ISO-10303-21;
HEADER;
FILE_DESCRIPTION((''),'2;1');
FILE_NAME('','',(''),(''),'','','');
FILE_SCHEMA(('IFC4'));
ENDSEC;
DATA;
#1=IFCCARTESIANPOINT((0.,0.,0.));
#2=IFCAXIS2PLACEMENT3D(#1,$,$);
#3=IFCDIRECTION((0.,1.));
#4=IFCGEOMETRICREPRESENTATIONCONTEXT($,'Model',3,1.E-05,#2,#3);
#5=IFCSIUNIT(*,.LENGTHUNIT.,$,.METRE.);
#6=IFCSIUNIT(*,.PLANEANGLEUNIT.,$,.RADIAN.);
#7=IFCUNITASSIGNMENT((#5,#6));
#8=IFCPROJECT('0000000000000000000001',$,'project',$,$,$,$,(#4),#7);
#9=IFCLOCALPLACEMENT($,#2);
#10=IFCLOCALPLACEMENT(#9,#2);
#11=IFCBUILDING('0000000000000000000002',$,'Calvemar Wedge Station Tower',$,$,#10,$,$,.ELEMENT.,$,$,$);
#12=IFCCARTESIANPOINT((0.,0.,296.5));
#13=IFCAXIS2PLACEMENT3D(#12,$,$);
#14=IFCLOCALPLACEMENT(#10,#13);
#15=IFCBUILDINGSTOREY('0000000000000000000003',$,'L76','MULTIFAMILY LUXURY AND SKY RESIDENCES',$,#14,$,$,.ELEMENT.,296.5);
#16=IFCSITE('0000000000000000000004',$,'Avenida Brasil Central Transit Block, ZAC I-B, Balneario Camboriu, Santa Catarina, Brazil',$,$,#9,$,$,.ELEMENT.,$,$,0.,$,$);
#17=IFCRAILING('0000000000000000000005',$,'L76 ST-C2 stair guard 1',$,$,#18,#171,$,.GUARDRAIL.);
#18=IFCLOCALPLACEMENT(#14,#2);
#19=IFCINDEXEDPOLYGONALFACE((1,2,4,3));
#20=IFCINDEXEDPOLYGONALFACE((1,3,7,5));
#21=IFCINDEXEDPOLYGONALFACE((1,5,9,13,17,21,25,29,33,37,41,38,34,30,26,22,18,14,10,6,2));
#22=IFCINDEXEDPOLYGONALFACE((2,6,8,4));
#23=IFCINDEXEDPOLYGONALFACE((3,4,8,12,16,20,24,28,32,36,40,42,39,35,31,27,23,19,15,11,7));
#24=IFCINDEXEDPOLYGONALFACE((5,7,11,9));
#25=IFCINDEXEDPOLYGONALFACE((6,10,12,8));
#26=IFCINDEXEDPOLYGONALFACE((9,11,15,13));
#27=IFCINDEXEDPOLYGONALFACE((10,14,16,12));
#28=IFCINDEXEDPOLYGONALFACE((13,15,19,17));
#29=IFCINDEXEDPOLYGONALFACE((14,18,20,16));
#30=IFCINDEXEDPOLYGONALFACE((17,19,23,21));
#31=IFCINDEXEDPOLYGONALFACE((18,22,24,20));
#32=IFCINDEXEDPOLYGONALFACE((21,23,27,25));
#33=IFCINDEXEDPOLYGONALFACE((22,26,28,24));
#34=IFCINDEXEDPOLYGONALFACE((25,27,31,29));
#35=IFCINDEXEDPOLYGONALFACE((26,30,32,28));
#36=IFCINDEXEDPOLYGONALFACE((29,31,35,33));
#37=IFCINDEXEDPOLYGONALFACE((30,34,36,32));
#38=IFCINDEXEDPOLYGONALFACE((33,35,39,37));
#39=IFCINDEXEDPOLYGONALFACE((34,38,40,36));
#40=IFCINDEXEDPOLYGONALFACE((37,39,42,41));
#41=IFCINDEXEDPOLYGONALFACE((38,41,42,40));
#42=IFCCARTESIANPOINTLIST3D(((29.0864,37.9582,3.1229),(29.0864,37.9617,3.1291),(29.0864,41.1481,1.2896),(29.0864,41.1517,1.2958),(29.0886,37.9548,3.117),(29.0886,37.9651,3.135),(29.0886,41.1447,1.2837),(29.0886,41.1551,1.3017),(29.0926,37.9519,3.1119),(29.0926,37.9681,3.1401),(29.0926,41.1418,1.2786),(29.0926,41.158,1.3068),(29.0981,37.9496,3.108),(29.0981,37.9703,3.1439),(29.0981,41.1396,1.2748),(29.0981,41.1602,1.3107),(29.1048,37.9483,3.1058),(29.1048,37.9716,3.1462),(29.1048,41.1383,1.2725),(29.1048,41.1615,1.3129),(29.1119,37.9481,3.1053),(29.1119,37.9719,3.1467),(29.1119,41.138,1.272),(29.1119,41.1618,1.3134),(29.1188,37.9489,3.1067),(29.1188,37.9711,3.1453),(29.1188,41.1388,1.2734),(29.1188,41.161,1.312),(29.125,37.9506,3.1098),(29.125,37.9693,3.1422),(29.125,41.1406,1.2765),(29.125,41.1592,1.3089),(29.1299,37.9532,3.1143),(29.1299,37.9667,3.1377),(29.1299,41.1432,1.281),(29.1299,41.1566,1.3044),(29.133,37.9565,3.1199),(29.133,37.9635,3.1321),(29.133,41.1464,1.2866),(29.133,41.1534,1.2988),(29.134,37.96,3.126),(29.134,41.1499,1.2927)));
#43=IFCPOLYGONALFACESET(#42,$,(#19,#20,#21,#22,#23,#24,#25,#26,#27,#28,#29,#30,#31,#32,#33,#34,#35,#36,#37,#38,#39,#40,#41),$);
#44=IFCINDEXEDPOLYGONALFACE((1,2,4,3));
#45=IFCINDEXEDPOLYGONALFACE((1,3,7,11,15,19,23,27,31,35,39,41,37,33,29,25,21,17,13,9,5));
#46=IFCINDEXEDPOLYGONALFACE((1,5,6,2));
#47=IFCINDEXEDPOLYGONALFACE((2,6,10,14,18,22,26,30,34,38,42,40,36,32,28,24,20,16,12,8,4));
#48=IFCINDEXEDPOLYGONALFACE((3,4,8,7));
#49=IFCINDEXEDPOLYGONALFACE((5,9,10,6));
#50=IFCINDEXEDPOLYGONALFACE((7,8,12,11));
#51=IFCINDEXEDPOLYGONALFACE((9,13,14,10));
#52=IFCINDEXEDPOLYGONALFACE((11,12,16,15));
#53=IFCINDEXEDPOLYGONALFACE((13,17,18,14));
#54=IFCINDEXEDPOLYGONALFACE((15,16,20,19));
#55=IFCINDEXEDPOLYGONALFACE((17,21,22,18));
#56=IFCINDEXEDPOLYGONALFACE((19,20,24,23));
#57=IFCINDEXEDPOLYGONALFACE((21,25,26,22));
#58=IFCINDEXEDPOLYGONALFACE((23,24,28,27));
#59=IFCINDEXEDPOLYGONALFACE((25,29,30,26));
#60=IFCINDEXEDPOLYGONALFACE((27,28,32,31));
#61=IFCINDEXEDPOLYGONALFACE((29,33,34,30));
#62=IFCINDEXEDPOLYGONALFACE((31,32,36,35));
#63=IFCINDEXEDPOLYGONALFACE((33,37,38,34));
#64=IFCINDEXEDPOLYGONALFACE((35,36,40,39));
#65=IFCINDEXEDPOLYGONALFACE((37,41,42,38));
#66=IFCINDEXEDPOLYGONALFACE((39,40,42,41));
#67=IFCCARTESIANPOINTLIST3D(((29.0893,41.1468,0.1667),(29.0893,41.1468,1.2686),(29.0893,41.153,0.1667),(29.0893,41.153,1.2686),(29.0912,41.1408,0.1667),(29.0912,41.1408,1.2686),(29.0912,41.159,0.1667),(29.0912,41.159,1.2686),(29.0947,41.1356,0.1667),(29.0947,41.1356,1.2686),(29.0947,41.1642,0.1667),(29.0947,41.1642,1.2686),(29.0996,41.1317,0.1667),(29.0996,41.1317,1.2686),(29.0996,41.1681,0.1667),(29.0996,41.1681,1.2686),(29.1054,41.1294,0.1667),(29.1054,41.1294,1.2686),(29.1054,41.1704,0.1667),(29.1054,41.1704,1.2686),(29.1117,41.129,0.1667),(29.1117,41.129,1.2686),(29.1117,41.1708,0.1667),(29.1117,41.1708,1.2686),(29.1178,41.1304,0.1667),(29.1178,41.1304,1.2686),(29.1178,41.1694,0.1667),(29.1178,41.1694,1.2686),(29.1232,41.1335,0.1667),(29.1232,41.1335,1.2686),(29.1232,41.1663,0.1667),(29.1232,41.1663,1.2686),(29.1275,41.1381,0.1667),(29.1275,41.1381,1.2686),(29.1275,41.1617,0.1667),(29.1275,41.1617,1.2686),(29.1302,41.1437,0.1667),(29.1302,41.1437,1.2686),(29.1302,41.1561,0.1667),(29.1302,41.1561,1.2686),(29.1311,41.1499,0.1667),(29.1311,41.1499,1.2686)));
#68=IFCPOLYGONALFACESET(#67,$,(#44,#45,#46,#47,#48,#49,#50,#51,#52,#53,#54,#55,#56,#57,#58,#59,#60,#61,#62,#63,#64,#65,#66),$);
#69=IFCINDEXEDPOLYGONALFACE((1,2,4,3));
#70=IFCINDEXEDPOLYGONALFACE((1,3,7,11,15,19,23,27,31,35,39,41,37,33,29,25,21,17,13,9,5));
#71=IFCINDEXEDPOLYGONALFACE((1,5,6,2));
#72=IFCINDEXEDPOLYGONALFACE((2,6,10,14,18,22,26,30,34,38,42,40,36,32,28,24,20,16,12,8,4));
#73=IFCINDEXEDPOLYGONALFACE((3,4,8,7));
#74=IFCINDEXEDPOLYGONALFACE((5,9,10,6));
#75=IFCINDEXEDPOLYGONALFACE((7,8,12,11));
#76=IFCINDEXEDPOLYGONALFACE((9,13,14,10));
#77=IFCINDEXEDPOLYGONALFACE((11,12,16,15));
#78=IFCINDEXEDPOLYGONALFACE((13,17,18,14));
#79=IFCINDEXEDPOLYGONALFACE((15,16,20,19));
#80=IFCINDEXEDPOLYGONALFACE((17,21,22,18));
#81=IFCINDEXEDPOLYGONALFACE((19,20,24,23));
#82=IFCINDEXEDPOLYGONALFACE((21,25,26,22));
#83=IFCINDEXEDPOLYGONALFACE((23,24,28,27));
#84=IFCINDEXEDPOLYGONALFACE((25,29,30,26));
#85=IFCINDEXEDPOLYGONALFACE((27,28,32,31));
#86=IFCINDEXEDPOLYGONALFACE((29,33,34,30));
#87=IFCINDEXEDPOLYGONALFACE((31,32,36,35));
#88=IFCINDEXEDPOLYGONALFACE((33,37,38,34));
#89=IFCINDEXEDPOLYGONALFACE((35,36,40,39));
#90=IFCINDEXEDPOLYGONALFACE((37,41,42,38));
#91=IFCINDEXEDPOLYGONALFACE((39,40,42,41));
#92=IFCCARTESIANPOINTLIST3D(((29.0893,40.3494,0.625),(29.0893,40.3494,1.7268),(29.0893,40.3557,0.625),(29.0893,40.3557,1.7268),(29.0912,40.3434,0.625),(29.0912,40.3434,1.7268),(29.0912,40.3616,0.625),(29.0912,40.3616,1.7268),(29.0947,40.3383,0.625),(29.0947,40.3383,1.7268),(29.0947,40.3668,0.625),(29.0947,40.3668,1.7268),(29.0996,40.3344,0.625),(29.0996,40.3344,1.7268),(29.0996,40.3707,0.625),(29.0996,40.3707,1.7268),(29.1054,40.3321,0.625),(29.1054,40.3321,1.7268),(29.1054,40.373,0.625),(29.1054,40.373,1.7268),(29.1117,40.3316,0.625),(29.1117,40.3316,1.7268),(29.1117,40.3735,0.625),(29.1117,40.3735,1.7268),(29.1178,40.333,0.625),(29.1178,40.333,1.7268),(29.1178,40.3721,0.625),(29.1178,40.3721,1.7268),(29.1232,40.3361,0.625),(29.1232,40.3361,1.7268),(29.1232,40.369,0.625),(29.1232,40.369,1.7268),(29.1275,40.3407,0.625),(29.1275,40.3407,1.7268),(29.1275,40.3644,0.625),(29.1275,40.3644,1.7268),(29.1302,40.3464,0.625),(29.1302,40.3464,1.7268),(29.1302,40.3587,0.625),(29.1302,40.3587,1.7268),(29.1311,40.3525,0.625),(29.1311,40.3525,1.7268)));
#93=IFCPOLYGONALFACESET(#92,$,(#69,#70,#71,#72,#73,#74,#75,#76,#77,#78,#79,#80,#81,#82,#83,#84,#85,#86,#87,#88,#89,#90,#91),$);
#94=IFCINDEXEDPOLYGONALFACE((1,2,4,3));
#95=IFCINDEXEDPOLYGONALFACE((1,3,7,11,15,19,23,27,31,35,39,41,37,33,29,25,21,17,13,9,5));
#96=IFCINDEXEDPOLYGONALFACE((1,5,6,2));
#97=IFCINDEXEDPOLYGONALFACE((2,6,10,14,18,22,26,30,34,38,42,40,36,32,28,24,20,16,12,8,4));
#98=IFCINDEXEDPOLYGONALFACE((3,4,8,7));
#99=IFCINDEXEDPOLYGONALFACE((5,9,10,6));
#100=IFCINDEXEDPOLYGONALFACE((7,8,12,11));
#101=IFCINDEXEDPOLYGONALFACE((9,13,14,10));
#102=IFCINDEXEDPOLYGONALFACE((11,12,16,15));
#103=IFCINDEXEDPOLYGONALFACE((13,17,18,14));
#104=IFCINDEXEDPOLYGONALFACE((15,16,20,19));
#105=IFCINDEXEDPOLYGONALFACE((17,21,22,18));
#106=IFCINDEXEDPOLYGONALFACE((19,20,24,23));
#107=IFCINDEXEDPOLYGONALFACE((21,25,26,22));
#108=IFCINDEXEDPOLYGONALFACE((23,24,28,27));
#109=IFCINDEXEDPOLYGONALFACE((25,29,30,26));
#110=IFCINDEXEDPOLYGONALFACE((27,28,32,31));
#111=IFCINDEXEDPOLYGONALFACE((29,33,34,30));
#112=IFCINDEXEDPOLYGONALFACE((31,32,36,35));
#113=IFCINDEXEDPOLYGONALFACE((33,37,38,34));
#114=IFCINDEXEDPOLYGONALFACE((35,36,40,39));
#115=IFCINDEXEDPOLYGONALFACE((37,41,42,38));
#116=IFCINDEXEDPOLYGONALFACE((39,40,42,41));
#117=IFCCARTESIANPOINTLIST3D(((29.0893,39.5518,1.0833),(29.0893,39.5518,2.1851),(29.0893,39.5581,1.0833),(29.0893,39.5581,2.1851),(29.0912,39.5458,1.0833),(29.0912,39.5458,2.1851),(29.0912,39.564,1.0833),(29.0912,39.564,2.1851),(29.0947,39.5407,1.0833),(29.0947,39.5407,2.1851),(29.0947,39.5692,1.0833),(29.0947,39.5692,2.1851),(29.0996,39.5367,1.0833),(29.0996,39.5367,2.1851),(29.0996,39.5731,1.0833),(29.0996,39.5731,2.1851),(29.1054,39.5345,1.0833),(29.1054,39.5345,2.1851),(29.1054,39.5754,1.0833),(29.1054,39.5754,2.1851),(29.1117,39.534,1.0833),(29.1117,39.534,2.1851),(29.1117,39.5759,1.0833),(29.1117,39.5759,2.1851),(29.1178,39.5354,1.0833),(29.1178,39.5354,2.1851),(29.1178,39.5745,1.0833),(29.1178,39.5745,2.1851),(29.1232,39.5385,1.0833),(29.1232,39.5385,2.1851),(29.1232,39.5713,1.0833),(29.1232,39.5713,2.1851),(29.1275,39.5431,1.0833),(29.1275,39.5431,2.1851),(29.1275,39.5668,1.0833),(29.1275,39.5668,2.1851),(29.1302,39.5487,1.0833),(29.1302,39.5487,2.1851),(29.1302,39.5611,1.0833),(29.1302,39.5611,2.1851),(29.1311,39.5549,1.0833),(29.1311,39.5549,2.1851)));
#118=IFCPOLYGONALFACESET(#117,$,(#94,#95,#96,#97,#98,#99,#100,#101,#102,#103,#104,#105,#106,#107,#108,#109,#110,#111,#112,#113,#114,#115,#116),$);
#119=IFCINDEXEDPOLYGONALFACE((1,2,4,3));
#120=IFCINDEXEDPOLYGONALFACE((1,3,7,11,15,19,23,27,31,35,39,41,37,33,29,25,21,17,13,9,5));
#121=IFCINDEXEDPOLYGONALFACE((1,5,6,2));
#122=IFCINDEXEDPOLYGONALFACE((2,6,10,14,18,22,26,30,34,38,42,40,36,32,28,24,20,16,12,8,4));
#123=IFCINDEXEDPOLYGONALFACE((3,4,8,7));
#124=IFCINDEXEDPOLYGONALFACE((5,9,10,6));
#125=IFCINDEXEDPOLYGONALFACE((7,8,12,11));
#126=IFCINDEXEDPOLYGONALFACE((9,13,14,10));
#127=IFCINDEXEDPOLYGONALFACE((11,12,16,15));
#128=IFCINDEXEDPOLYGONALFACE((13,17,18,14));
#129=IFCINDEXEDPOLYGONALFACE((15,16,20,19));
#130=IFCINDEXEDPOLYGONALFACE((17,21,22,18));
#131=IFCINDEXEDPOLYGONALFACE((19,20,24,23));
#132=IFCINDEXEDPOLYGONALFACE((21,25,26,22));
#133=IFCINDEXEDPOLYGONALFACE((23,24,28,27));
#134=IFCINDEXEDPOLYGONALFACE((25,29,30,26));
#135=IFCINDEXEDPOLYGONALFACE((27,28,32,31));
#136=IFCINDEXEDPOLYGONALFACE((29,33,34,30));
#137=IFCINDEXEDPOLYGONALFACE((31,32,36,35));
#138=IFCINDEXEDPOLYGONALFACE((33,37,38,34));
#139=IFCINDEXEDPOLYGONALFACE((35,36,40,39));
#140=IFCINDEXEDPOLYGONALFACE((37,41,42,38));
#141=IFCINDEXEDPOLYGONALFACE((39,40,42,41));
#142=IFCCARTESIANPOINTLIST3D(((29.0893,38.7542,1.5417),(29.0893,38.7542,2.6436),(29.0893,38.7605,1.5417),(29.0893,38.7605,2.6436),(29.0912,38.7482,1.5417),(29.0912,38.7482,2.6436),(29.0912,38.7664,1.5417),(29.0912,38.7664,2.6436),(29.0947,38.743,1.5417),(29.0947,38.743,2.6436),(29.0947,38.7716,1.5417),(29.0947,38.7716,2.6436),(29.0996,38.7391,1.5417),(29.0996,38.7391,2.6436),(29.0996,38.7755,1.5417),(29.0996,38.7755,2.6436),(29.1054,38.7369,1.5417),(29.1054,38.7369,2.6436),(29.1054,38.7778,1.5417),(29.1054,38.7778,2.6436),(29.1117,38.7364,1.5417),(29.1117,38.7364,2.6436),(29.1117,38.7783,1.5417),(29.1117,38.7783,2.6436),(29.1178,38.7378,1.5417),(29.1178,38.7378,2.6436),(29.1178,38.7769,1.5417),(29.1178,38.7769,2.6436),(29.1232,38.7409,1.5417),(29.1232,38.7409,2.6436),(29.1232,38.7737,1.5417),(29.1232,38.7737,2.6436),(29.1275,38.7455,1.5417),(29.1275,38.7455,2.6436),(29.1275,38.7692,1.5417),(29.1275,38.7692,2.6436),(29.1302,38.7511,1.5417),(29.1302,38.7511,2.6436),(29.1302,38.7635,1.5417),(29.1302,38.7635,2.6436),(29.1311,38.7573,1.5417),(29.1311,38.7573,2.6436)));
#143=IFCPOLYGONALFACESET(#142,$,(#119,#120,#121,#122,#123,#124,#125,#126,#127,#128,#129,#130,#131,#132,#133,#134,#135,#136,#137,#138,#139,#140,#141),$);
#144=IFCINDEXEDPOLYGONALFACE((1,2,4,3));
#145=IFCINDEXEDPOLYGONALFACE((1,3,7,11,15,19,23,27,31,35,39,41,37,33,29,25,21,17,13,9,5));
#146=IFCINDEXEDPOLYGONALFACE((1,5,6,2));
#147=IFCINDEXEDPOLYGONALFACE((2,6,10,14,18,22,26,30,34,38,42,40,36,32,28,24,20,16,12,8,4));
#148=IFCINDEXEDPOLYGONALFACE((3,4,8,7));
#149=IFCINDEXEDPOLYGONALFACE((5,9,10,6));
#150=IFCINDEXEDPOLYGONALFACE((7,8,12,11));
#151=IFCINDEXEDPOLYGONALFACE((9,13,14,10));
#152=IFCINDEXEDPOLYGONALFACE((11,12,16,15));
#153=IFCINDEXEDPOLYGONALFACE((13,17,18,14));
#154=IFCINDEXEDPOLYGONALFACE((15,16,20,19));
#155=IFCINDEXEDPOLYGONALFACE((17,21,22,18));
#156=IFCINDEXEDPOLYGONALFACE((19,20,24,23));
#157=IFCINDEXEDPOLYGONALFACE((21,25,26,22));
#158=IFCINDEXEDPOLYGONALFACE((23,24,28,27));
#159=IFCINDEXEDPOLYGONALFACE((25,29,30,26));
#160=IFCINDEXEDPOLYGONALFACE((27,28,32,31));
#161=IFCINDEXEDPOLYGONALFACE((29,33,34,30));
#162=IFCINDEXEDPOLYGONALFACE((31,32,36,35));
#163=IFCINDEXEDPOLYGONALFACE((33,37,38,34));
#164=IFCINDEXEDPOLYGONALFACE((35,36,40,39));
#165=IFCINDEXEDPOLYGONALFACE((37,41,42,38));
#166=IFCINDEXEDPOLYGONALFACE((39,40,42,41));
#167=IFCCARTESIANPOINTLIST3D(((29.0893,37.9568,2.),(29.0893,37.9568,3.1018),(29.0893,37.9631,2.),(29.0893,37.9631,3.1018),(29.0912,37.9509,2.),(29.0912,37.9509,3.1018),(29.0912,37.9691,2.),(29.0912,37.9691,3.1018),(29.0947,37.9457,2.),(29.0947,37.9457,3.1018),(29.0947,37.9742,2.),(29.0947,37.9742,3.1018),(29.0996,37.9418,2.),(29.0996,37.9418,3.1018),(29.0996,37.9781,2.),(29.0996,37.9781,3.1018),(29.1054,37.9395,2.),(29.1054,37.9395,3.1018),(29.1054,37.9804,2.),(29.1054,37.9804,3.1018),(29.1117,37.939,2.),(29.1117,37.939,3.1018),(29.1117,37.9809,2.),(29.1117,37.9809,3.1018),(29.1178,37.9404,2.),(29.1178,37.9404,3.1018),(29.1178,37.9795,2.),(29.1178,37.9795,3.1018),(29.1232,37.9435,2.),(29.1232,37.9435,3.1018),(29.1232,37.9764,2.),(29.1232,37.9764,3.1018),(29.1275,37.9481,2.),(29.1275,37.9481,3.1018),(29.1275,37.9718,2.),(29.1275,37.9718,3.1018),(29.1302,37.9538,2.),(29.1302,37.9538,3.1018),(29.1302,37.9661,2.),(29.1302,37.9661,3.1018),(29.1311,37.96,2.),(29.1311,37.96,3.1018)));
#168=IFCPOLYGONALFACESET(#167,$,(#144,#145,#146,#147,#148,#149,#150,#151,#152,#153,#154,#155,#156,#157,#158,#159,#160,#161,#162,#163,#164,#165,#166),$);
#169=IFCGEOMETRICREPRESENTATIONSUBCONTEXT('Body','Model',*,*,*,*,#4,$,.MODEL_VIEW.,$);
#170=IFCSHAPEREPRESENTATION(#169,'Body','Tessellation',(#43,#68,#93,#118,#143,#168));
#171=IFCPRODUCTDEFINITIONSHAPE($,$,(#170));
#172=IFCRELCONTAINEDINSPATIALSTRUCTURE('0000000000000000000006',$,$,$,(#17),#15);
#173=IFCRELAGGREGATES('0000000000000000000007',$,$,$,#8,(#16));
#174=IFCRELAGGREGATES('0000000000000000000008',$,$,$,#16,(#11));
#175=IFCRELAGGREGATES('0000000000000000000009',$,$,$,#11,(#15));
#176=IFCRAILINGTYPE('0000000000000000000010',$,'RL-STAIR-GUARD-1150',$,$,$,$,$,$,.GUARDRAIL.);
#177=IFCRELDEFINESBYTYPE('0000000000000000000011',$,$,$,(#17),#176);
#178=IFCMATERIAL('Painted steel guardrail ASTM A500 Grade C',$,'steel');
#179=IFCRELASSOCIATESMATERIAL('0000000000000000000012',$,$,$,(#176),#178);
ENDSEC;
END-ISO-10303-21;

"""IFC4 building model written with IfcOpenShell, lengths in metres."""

from ifc_helpers import new_model, si_unit, direction, frame, origin, origin_2d, place, context, subcontext, project, spatial, circle, extrude, material, type_object, element, save


model = new_model("IFC4")

# Units and contexts
model_context = context("Model", 3, precision=1e-05, world=origin(), true_north=direction((0.0, 1.0)))
body_context = subcontext(model_context, "Body", "Model", "MODEL_VIEW")
ifc_project = project(units=[si_unit("LENGTHUNIT", "METRE"), si_unit("PLANEANGLEUNIT", "RADIAN")], contexts=[model_context])

# Site, building, storey
site_placement = place(None, origin())
site = spatial("IfcSite", under=ifc_project, at=site_placement, Name="Avenida Brasil Central Transit Block, ZAC I-B, Balneario Camboriu, Santa Catarina, Brazil", CompositionType="ELEMENT", RefElevation=0.0)
building_placement = place(site_placement, origin())
building = spatial("IfcBuilding", under=site, at=building_placement, Name="Calvemar Wedge Station Tower", CompositionType="ELEMENT")
storey_placement = place(building_placement, frame((0.0, 0.0, 296.5)))
storey = spatial("IfcBuildingStorey", under=building, at=storey_placement, Name="L76", Description="MULTIFAMILY LUXURY AND SKY RESIDENCES", CompositionType="ELEMENT", Elevation=296.5)

# Railing
ifc_material_1 = material(Name="Painted steel guardrail ASTM A500 Grade C", Category="steel")
railing_type_1 = type_object("IfcRailingType", Name="RL-STAIR-GUARD-1150", PredefinedType="GUARDRAIL", material=ifc_material_1)
railing_1_placement = place(storey_placement, frame((29.1101, 41.1499, 0.1667)))
element("IfcRailing", 1, at=railing_1_placement, inside=storey, type_object=railing_type_1, Name="L76 ST-C2 stair guard 1", PredefinedType="GUARDRAIL", context=body_context, shape_type="SweptSolid", body=[
    extrude(circle(Radius=0.0239, at=origin_2d()), frame((0.0, 0.0, 1.126), z_axis=(0.0, -0.86702, 0.498274), x_axis=(1.0, 0.0, 0.0)), (0.0, 0.0, 1.0), 3.6792),
    extrude(circle(Radius=0.021, at=origin_2d()), origin(), (0.0, 0.0, 1.0), 1.1018),
    extrude(circle(Radius=0.021, at=origin_2d()), frame((0.0, -0.7974, 0.4583)), (0.0, 0.0, 1.0), 1.1018),
    extrude(circle(Radius=0.021, at=origin_2d()), frame((0.0, -1.595, 0.9165)), (0.0, 0.0, 1.0), 1.1018),
    extrude(circle(Radius=0.021, at=origin_2d()), frame((0.0, -2.3926, 1.375)), (0.0, 0.0, 1.0), 1.1018),
    extrude(circle(Radius=0.021, at=origin_2d()), frame((0.0, -3.1899, 1.8333)), (0.0, 0.0, 1.0), 1.1018),
])

save(model, "model.ifc")
